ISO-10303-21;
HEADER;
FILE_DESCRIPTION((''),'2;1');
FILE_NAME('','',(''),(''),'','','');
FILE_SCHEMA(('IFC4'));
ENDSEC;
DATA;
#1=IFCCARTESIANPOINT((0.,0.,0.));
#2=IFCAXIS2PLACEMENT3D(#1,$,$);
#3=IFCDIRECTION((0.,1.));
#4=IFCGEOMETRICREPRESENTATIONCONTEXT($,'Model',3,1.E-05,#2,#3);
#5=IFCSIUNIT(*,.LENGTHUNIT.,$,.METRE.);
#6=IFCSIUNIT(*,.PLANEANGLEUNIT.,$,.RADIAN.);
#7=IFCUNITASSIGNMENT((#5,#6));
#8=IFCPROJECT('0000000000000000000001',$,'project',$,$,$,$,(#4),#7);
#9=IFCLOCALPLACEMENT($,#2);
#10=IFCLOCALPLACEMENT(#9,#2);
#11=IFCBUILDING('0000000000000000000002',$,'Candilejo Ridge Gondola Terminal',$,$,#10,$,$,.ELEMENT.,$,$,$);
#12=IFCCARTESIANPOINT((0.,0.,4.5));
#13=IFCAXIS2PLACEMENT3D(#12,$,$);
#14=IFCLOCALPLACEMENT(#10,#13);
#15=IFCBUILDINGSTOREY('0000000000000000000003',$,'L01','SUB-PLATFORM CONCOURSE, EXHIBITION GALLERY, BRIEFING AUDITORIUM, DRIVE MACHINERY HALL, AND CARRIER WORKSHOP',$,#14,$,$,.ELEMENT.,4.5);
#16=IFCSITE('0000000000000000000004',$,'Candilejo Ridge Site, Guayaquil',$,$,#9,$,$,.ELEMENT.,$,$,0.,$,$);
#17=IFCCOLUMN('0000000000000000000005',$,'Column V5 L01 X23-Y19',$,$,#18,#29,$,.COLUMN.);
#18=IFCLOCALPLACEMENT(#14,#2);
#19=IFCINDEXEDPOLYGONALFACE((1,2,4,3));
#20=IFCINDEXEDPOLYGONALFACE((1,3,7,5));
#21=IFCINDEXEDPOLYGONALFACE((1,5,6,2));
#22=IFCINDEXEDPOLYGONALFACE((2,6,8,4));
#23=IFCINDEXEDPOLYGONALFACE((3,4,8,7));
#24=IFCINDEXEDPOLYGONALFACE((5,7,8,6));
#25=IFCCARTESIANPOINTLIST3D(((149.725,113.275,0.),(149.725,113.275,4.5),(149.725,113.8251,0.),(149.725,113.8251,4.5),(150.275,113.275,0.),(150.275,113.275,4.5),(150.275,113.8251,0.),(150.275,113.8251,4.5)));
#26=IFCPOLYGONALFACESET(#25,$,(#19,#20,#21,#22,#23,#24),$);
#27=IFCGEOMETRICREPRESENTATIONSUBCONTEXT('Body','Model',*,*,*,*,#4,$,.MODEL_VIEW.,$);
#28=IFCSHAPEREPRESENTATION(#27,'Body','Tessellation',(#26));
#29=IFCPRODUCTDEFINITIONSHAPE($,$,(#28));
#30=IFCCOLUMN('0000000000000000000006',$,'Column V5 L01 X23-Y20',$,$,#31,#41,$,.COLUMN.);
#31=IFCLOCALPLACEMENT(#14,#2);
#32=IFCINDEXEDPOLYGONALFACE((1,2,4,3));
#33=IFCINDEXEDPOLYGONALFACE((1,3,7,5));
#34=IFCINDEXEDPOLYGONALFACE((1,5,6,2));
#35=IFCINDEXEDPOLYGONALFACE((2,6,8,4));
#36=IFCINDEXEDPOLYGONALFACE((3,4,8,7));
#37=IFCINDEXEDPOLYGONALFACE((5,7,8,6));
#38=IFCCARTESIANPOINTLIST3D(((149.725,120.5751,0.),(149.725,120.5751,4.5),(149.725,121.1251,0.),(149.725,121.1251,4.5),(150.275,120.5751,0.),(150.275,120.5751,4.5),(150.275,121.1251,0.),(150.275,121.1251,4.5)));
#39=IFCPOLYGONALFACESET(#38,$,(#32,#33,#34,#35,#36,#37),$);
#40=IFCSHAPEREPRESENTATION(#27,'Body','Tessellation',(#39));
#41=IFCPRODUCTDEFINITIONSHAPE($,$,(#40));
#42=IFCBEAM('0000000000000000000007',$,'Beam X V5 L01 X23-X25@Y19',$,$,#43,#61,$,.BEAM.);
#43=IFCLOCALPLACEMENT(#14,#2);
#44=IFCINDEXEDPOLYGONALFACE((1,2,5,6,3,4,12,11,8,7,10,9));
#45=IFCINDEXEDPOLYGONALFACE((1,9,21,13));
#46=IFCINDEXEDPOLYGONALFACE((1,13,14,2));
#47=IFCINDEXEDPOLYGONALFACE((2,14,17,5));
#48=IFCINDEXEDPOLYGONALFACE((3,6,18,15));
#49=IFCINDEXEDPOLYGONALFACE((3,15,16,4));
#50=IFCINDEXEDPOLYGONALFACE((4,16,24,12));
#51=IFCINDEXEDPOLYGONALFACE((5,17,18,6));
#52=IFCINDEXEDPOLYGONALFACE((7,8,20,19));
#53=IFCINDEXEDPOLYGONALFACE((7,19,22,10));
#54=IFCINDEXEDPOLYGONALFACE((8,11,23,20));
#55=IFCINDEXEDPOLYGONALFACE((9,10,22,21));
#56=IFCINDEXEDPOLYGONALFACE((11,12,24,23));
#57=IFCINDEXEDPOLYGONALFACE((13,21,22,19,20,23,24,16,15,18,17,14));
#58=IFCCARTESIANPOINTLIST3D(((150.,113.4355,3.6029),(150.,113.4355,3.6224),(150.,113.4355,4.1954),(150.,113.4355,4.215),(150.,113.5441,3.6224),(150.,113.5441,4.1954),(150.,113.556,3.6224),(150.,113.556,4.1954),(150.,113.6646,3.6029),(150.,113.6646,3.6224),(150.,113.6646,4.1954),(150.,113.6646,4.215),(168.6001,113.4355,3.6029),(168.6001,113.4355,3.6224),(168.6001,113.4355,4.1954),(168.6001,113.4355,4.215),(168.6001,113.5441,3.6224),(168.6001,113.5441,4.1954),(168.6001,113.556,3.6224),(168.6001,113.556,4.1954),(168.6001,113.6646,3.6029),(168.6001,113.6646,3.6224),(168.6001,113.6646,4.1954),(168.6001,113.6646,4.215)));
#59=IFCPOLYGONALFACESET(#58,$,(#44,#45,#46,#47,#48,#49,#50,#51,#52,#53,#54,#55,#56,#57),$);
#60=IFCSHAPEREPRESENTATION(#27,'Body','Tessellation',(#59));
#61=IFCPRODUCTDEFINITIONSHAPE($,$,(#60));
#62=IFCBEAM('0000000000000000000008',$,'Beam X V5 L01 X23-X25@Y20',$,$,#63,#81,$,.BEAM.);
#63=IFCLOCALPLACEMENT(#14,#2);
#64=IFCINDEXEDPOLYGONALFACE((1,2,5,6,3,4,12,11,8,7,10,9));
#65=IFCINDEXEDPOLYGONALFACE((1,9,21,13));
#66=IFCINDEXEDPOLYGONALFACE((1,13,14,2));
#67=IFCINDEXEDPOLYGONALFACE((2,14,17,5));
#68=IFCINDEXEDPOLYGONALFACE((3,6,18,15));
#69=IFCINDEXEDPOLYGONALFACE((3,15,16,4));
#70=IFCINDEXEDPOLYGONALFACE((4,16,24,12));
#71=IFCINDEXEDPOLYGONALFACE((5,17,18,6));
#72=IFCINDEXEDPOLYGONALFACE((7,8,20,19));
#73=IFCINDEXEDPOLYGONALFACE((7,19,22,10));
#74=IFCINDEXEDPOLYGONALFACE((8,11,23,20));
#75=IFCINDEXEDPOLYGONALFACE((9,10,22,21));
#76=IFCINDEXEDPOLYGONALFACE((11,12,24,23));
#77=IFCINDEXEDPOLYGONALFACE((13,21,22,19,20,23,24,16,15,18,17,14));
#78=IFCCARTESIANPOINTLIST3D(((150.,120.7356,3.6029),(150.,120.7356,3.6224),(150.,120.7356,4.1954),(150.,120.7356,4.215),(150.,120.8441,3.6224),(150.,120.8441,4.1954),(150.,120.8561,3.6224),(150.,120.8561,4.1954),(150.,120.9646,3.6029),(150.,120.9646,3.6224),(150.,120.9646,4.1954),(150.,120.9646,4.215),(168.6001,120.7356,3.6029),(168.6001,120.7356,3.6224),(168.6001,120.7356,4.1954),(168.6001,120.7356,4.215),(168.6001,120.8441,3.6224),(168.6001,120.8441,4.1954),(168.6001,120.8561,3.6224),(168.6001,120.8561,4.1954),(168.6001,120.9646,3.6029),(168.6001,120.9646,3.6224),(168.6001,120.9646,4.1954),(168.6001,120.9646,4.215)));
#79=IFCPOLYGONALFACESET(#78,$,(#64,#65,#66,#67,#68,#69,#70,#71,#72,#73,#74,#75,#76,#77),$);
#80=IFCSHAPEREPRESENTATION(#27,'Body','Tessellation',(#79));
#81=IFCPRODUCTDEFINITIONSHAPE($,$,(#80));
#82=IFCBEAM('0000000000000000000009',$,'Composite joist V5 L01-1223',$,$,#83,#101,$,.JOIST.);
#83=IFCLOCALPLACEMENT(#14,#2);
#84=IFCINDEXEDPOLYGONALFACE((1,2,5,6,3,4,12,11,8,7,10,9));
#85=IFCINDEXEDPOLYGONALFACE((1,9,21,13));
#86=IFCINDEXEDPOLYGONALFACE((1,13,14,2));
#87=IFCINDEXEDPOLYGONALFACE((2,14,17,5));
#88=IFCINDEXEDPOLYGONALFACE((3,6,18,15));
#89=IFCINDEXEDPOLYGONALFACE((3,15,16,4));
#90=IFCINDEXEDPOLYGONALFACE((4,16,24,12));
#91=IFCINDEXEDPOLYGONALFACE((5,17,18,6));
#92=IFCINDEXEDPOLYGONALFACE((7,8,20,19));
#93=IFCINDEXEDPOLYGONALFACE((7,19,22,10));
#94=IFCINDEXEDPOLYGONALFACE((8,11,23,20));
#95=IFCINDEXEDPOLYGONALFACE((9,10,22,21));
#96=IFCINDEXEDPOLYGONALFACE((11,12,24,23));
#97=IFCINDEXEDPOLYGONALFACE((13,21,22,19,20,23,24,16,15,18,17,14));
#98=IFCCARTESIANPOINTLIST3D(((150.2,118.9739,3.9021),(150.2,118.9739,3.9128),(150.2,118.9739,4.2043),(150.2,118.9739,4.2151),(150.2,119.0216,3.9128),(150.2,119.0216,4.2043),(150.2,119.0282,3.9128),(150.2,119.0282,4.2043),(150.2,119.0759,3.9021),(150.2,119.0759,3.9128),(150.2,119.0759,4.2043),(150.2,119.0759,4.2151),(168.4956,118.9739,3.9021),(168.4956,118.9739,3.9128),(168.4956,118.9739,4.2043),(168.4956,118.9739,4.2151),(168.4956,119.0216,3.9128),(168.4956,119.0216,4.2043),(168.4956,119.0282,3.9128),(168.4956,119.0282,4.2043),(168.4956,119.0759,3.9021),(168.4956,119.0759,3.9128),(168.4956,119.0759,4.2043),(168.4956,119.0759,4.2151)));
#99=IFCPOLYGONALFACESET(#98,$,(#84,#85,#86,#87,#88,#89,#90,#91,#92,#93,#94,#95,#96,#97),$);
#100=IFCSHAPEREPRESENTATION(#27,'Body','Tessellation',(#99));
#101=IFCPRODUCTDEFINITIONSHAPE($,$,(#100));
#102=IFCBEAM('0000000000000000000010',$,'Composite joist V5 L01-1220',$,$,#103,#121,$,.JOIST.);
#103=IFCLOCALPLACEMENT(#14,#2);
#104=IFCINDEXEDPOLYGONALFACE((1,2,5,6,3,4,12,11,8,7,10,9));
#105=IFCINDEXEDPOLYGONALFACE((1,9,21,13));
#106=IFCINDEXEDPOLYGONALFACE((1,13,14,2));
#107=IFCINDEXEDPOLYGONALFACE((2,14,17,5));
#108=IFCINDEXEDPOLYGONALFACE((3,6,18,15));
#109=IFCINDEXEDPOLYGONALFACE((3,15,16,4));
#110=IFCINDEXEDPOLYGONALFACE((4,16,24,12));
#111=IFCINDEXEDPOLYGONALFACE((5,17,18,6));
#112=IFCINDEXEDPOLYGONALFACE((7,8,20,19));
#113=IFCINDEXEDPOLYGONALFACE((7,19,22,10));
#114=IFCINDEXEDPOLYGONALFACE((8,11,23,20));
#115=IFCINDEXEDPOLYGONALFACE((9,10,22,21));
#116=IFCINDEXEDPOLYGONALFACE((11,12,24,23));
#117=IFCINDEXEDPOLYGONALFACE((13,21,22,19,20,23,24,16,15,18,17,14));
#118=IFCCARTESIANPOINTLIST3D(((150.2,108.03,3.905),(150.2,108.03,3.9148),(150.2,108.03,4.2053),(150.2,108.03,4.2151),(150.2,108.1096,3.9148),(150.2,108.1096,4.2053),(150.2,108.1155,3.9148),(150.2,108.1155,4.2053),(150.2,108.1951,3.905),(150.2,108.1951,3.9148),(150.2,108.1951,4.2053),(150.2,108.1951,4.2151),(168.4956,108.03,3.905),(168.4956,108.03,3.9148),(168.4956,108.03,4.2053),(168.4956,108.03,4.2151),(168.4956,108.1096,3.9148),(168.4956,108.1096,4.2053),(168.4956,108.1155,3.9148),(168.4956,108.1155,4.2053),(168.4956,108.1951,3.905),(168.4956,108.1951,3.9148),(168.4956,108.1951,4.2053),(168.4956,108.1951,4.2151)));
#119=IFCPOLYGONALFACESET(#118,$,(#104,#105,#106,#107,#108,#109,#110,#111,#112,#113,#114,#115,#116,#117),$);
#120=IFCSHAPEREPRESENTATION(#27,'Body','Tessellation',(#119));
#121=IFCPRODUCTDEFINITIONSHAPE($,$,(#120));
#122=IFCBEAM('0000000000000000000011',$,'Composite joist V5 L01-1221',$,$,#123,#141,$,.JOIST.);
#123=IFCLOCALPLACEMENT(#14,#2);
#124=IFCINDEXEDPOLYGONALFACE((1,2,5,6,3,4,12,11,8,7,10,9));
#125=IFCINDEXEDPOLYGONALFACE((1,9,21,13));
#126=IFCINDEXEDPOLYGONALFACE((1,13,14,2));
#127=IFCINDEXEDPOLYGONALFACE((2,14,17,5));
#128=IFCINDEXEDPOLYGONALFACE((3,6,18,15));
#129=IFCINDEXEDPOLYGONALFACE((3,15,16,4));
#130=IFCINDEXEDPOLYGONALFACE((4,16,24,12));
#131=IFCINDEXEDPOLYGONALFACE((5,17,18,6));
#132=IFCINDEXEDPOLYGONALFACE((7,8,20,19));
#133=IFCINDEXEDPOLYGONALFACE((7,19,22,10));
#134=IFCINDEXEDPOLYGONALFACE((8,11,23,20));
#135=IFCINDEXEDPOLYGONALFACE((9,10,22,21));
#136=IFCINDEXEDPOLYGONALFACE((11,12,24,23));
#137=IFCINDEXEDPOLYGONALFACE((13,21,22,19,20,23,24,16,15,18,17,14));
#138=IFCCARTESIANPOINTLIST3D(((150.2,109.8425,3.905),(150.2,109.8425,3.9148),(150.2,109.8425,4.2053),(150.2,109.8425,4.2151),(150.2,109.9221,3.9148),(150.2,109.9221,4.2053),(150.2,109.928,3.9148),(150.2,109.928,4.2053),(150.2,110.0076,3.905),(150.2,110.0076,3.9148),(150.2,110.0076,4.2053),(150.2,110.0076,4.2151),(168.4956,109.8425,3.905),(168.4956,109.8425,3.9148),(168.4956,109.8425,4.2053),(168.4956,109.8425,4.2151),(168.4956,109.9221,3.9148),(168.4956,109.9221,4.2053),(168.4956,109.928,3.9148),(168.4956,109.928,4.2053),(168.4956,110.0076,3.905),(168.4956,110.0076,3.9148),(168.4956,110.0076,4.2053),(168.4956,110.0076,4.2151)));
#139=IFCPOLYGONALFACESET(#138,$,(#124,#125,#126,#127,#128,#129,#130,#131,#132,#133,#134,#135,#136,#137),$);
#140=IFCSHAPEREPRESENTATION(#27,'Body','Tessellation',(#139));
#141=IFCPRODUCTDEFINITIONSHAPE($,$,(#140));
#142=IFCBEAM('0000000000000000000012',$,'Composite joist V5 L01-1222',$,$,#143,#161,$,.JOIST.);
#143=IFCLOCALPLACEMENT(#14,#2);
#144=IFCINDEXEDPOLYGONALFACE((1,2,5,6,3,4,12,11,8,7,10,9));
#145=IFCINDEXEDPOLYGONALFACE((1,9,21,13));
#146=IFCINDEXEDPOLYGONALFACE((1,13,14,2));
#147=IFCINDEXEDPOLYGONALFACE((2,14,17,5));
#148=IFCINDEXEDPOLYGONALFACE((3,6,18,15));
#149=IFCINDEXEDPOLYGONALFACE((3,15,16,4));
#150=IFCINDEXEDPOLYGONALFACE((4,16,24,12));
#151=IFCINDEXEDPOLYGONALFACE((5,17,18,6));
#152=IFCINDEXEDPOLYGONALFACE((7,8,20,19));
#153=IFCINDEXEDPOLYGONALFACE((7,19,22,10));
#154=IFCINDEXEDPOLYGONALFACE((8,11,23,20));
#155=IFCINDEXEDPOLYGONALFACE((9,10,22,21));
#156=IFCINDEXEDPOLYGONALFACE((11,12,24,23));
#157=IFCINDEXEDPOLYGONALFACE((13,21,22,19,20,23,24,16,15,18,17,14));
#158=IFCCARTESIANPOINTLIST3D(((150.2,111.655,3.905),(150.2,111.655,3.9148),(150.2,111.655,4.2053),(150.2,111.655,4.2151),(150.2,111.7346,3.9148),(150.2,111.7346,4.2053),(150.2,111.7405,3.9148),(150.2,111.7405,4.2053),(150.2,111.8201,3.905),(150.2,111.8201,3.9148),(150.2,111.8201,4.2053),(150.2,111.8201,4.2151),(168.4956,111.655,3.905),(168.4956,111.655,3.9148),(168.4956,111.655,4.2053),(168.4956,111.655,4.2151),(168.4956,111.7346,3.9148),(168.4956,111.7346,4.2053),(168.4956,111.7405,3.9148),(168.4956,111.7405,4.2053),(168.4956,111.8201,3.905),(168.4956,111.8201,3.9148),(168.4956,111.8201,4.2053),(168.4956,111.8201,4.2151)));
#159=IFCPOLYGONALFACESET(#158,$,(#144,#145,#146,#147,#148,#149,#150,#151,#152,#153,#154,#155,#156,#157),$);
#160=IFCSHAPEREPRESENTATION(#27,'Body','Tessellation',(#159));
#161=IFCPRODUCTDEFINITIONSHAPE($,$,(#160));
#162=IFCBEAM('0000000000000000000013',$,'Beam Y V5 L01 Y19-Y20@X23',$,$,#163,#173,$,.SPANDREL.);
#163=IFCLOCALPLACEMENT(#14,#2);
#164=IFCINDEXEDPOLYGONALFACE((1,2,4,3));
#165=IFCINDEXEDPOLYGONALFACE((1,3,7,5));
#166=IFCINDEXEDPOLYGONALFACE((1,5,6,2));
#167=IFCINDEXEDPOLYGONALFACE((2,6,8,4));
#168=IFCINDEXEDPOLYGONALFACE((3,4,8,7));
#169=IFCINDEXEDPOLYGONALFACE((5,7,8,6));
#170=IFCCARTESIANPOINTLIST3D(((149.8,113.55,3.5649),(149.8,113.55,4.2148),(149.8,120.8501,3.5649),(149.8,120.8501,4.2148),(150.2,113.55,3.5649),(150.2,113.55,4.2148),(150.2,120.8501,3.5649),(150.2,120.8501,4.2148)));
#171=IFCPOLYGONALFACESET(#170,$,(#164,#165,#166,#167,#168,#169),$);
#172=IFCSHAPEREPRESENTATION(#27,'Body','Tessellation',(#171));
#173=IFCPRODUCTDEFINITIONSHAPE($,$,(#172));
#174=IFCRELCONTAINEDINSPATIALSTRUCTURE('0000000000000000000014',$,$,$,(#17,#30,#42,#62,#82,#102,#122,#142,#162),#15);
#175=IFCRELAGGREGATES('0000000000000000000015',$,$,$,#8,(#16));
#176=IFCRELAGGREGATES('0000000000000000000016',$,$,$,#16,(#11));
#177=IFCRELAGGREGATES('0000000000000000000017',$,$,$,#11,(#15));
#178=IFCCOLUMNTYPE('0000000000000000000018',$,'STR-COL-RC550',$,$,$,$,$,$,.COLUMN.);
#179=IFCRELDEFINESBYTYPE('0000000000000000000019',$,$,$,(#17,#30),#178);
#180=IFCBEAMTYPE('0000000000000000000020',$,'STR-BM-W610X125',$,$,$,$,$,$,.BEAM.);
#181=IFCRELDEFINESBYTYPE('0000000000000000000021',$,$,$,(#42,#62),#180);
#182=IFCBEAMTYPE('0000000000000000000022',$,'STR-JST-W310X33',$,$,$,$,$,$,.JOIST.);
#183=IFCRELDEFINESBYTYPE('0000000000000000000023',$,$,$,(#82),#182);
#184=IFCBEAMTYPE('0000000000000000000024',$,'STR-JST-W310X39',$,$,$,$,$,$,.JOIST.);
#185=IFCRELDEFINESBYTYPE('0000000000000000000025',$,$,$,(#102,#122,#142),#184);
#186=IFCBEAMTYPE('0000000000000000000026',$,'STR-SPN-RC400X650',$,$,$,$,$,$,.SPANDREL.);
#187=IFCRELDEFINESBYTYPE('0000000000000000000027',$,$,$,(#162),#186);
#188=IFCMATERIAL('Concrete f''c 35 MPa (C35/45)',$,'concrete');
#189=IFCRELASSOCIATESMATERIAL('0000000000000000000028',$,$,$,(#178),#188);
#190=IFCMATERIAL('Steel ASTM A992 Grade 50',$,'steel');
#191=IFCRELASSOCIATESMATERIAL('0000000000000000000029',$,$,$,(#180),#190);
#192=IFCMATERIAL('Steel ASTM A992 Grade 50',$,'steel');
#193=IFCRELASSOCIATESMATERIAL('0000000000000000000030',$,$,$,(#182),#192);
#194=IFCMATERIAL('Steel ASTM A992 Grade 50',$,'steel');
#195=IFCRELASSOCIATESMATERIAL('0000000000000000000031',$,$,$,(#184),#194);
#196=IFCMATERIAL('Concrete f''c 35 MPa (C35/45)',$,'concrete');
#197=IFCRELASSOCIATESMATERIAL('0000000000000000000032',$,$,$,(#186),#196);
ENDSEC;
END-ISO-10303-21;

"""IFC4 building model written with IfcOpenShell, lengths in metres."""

from ifc_helpers import new_model, si_unit, direction, frame, origin, origin_2d, place, context, subcontext, project, spatial, rectangle, i_section, extrude, material, material_profile, profile_set, type_object, element, save


model = new_model("IFC4")

# Units and contexts
model_context = context("Model", 3, precision=1e-05, world=origin(), true_north=direction((0.0, 1.0)))
body_context = subcontext(model_context, "Body", "Model", "MODEL_VIEW")
ifc_project = project(units=[si_unit("LENGTHUNIT", "METRE"), si_unit("PLANEANGLEUNIT", "RADIAN")], contexts=[model_context])

# Site, building, storey
site_placement = place(None, origin())
site = spatial("IfcSite", under=ifc_project, at=site_placement, Name="Candilejo Ridge Site, Guayaquil", CompositionType="ELEMENT", RefElevation=0.0)
building_placement = place(site_placement, origin())
building = spatial("IfcBuilding", under=site, at=building_placement, Name="Candilejo Ridge Gondola Terminal", CompositionType="ELEMENT")
storey_placement = place(building_placement, frame((0.0, 0.0, 4.5)))
storey = spatial("IfcBuildingStorey", under=building, at=storey_placement, Name="L01", Description="SUB-PLATFORM CONCOURSE, EXHIBITION GALLERY, BRIEFING AUDITORIUM, DRIVE MACHINERY HALL, AND CARRIER WORKSHOP", CompositionType="ELEMENT", Elevation=4.5)

# Columns
ifc_material_1 = material(Name="Concrete f'c 35 MPa (C35/45)", Category="concrete")
ifc_material_profile_1 = material_profile(ifc_material_1, rectangle(XDim=0.55, YDim=0.55, at=origin_2d()))
ifc_profile_set_1 = profile_set([ifc_material_profile_1], Name="Concrete f'c 35 MPa (C35/45)")
column_type = type_object("IfcColumnType", Name="STR-COL-RC550", PredefinedType="COLUMN", material=ifc_profile_set_1)
for number, where, z_axis, x_axis, name in (
    (1, (150.0, 113.55, 0.0), (0.0, 0.0, 1.0), (1.0, 0.0, 0.0), "Column V5 L01 X23-Y19"),
    (2, (150.0, 120.8501, 0.0), (0.0, 0.0, 1.0), (1.0, 0.0, 0.0), "Column V5 L01 X23-Y20"),
):
    element("IfcColumn", number, at=place(storey_placement, frame(where, z_axis=z_axis, x_axis=x_axis)), inside=storey, type_object=column_type, Name=name, PredefinedType="COLUMN", context=body_context, shape_type="SweptSolid", body=[
        extrude(rectangle(XDim=0.55, YDim=0.55, at=origin_2d()), origin(), (0.0, 0.0, 1.0), 4.5),
    ])

# Beams
ifc_material_2 = material(Name="Steel ASTM A992 Grade 50", Category="steel")
ifc_material_profile_2 = material_profile(ifc_material_2, i_section(OverallWidth=0.229, OverallDepth=0.6121, WebThickness=0.012, FlangeThickness=0.0195, at=origin_2d()))
ifc_profile_set_2 = profile_set([ifc_material_profile_2], Name="Steel ASTM A992 Grade 50")
beam_type_1 = type_object("IfcBeamType", Name="STR-BM-W610X125", PredefinedType="BEAM", material=ifc_profile_set_2)
for number, where, z_axis, x_axis, name in (
    (3, (150.0, 113.55, 3.9089), (1.0, 0.0, 0.0), (0.0, 1.0, 0.0), "Beam X V5 L01 X23-X25@Y19"),
    (4, (150.0, 120.8501, 3.9089), (1.0, 0.0, 0.0), (0.0, 1.0, 0.0), "Beam X V5 L01 X23-X25@Y20"),
):
    element("IfcBeam", number, at=place(storey_placement, frame(where, z_axis=z_axis, x_axis=x_axis)), inside=storey, type_object=beam_type_1, Name=name, PredefinedType="BEAM", context=body_context, shape_type="SweptSolid", body=[
        extrude(i_section(OverallWidth=0.229, OverallDepth=0.6121, WebThickness=0.012, FlangeThickness=0.0195, at=origin_2d()), origin(), (0.0, 0.0, 1.0), 18.6001),
    ])
ifc_material_3 = material(Name="Steel ASTM A992 Grade 50", Category="steel")
ifc_material_profile_3 = material_profile(ifc_material_3, i_section(OverallWidth=0.1021, OverallDepth=0.313, WebThickness=0.0066, FlangeThickness=0.0107, at=origin_2d()))
ifc_profile_set_3 = profile_set([ifc_material_profile_3], Name="Steel ASTM A992 Grade 50")
beam_type_2 = type_object("IfcBeamType", Name="STR-JST-W310X33", PredefinedType="JOIST", material=ifc_profile_set_3)
beam_1_placement = place(storey_placement, frame((150.2, 119.0249, 4.0586), z_axis=(1.0, 0.0, 0.0), x_axis=(0.0, 1.0, 0.0)))
element("IfcBeam", 5, at=beam_1_placement, inside=storey, type_object=beam_type_2, Name="Composite joist V5 L01-1223", PredefinedType="JOIST", context=body_context, shape_type="SweptSolid", body=[
    extrude(i_section(OverallWidth=0.1021, OverallDepth=0.313, WebThickness=0.0066, FlangeThickness=0.0107, at=origin_2d()), origin(), (0.0, 0.0, 1.0), 18.2957),
])
ifc_material_4 = material(Name="Steel ASTM A992 Grade 50", Category="steel")
ifc_material_profile_4 = material_profile(ifc_material_4, i_section(OverallWidth=0.165, OverallDepth=0.3101, WebThickness=0.0059, FlangeThickness=0.0098, at=origin_2d()))
ifc_profile_set_4 = profile_set([ifc_material_profile_4], Name="Steel ASTM A992 Grade 50")
beam_type_3 = type_object("IfcBeamType", Name="STR-JST-W310X39", PredefinedType="JOIST", material=ifc_profile_set_4)
for number, where, z_axis, x_axis, name in (
    (6, (150.2, 108.1125, 4.0601), (1.0, 0.0, 0.0), (0.0, 1.0, 0.0), "Composite joist V5 L01-1220"),
    (7, (150.2, 109.925, 4.0601), (1.0, 0.0, 0.0), (0.0, 1.0, 0.0), "Composite joist V5 L01-1221"),
    (8, (150.2, 111.7375, 4.0601), (1.0, 0.0, 0.0), (0.0, 1.0, 0.0), "Composite joist V5 L01-1222"),
):
    element("IfcBeam", number, at=place(storey_placement, frame(where, z_axis=z_axis, x_axis=x_axis)), inside=storey, type_object=beam_type_3, Name=name, PredefinedType="JOIST", context=body_context, shape_type="SweptSolid", body=[
        extrude(i_section(OverallWidth=0.165, OverallDepth=0.3101, WebThickness=0.0059, FlangeThickness=0.0098, at=origin_2d()), origin(), (0.0, 0.0, 1.0), 18.2957),
    ])
ifc_material_5 = material(Name="Concrete f'c 35 MPa (C35/45)", Category="concrete")
ifc_material_profile_5 = material_profile(ifc_material_5, rectangle(XDim=0.3999, YDim=0.6499, at=origin_2d()))
ifc_profile_set_5 = profile_set([ifc_material_profile_5], Name="Concrete f'c 35 MPa (C35/45)")
beam_type_4 = type_object("IfcBeamType", Name="STR-SPN-RC400X650", PredefinedType="SPANDREL", material=ifc_profile_set_5)
beam_2_placement = place(storey_placement, frame((150.0, 113.55, 3.8899), z_axis=(0.0, 1.0, 0.0), x_axis=(-1.0, 0.0, 0.0)))
element("IfcBeam", 9, at=beam_2_placement, inside=storey, type_object=beam_type_4, Name="Beam Y V5 L01 Y19-Y20@X23", PredefinedType="SPANDREL", context=body_context, shape_type="SweptSolid", body=[
    extrude(rectangle(XDim=0.3999, YDim=0.6499, at=origin_2d()), origin(), (0.0, 0.0, 1.0), 7.3),
])

save(model, "model.ifc")
